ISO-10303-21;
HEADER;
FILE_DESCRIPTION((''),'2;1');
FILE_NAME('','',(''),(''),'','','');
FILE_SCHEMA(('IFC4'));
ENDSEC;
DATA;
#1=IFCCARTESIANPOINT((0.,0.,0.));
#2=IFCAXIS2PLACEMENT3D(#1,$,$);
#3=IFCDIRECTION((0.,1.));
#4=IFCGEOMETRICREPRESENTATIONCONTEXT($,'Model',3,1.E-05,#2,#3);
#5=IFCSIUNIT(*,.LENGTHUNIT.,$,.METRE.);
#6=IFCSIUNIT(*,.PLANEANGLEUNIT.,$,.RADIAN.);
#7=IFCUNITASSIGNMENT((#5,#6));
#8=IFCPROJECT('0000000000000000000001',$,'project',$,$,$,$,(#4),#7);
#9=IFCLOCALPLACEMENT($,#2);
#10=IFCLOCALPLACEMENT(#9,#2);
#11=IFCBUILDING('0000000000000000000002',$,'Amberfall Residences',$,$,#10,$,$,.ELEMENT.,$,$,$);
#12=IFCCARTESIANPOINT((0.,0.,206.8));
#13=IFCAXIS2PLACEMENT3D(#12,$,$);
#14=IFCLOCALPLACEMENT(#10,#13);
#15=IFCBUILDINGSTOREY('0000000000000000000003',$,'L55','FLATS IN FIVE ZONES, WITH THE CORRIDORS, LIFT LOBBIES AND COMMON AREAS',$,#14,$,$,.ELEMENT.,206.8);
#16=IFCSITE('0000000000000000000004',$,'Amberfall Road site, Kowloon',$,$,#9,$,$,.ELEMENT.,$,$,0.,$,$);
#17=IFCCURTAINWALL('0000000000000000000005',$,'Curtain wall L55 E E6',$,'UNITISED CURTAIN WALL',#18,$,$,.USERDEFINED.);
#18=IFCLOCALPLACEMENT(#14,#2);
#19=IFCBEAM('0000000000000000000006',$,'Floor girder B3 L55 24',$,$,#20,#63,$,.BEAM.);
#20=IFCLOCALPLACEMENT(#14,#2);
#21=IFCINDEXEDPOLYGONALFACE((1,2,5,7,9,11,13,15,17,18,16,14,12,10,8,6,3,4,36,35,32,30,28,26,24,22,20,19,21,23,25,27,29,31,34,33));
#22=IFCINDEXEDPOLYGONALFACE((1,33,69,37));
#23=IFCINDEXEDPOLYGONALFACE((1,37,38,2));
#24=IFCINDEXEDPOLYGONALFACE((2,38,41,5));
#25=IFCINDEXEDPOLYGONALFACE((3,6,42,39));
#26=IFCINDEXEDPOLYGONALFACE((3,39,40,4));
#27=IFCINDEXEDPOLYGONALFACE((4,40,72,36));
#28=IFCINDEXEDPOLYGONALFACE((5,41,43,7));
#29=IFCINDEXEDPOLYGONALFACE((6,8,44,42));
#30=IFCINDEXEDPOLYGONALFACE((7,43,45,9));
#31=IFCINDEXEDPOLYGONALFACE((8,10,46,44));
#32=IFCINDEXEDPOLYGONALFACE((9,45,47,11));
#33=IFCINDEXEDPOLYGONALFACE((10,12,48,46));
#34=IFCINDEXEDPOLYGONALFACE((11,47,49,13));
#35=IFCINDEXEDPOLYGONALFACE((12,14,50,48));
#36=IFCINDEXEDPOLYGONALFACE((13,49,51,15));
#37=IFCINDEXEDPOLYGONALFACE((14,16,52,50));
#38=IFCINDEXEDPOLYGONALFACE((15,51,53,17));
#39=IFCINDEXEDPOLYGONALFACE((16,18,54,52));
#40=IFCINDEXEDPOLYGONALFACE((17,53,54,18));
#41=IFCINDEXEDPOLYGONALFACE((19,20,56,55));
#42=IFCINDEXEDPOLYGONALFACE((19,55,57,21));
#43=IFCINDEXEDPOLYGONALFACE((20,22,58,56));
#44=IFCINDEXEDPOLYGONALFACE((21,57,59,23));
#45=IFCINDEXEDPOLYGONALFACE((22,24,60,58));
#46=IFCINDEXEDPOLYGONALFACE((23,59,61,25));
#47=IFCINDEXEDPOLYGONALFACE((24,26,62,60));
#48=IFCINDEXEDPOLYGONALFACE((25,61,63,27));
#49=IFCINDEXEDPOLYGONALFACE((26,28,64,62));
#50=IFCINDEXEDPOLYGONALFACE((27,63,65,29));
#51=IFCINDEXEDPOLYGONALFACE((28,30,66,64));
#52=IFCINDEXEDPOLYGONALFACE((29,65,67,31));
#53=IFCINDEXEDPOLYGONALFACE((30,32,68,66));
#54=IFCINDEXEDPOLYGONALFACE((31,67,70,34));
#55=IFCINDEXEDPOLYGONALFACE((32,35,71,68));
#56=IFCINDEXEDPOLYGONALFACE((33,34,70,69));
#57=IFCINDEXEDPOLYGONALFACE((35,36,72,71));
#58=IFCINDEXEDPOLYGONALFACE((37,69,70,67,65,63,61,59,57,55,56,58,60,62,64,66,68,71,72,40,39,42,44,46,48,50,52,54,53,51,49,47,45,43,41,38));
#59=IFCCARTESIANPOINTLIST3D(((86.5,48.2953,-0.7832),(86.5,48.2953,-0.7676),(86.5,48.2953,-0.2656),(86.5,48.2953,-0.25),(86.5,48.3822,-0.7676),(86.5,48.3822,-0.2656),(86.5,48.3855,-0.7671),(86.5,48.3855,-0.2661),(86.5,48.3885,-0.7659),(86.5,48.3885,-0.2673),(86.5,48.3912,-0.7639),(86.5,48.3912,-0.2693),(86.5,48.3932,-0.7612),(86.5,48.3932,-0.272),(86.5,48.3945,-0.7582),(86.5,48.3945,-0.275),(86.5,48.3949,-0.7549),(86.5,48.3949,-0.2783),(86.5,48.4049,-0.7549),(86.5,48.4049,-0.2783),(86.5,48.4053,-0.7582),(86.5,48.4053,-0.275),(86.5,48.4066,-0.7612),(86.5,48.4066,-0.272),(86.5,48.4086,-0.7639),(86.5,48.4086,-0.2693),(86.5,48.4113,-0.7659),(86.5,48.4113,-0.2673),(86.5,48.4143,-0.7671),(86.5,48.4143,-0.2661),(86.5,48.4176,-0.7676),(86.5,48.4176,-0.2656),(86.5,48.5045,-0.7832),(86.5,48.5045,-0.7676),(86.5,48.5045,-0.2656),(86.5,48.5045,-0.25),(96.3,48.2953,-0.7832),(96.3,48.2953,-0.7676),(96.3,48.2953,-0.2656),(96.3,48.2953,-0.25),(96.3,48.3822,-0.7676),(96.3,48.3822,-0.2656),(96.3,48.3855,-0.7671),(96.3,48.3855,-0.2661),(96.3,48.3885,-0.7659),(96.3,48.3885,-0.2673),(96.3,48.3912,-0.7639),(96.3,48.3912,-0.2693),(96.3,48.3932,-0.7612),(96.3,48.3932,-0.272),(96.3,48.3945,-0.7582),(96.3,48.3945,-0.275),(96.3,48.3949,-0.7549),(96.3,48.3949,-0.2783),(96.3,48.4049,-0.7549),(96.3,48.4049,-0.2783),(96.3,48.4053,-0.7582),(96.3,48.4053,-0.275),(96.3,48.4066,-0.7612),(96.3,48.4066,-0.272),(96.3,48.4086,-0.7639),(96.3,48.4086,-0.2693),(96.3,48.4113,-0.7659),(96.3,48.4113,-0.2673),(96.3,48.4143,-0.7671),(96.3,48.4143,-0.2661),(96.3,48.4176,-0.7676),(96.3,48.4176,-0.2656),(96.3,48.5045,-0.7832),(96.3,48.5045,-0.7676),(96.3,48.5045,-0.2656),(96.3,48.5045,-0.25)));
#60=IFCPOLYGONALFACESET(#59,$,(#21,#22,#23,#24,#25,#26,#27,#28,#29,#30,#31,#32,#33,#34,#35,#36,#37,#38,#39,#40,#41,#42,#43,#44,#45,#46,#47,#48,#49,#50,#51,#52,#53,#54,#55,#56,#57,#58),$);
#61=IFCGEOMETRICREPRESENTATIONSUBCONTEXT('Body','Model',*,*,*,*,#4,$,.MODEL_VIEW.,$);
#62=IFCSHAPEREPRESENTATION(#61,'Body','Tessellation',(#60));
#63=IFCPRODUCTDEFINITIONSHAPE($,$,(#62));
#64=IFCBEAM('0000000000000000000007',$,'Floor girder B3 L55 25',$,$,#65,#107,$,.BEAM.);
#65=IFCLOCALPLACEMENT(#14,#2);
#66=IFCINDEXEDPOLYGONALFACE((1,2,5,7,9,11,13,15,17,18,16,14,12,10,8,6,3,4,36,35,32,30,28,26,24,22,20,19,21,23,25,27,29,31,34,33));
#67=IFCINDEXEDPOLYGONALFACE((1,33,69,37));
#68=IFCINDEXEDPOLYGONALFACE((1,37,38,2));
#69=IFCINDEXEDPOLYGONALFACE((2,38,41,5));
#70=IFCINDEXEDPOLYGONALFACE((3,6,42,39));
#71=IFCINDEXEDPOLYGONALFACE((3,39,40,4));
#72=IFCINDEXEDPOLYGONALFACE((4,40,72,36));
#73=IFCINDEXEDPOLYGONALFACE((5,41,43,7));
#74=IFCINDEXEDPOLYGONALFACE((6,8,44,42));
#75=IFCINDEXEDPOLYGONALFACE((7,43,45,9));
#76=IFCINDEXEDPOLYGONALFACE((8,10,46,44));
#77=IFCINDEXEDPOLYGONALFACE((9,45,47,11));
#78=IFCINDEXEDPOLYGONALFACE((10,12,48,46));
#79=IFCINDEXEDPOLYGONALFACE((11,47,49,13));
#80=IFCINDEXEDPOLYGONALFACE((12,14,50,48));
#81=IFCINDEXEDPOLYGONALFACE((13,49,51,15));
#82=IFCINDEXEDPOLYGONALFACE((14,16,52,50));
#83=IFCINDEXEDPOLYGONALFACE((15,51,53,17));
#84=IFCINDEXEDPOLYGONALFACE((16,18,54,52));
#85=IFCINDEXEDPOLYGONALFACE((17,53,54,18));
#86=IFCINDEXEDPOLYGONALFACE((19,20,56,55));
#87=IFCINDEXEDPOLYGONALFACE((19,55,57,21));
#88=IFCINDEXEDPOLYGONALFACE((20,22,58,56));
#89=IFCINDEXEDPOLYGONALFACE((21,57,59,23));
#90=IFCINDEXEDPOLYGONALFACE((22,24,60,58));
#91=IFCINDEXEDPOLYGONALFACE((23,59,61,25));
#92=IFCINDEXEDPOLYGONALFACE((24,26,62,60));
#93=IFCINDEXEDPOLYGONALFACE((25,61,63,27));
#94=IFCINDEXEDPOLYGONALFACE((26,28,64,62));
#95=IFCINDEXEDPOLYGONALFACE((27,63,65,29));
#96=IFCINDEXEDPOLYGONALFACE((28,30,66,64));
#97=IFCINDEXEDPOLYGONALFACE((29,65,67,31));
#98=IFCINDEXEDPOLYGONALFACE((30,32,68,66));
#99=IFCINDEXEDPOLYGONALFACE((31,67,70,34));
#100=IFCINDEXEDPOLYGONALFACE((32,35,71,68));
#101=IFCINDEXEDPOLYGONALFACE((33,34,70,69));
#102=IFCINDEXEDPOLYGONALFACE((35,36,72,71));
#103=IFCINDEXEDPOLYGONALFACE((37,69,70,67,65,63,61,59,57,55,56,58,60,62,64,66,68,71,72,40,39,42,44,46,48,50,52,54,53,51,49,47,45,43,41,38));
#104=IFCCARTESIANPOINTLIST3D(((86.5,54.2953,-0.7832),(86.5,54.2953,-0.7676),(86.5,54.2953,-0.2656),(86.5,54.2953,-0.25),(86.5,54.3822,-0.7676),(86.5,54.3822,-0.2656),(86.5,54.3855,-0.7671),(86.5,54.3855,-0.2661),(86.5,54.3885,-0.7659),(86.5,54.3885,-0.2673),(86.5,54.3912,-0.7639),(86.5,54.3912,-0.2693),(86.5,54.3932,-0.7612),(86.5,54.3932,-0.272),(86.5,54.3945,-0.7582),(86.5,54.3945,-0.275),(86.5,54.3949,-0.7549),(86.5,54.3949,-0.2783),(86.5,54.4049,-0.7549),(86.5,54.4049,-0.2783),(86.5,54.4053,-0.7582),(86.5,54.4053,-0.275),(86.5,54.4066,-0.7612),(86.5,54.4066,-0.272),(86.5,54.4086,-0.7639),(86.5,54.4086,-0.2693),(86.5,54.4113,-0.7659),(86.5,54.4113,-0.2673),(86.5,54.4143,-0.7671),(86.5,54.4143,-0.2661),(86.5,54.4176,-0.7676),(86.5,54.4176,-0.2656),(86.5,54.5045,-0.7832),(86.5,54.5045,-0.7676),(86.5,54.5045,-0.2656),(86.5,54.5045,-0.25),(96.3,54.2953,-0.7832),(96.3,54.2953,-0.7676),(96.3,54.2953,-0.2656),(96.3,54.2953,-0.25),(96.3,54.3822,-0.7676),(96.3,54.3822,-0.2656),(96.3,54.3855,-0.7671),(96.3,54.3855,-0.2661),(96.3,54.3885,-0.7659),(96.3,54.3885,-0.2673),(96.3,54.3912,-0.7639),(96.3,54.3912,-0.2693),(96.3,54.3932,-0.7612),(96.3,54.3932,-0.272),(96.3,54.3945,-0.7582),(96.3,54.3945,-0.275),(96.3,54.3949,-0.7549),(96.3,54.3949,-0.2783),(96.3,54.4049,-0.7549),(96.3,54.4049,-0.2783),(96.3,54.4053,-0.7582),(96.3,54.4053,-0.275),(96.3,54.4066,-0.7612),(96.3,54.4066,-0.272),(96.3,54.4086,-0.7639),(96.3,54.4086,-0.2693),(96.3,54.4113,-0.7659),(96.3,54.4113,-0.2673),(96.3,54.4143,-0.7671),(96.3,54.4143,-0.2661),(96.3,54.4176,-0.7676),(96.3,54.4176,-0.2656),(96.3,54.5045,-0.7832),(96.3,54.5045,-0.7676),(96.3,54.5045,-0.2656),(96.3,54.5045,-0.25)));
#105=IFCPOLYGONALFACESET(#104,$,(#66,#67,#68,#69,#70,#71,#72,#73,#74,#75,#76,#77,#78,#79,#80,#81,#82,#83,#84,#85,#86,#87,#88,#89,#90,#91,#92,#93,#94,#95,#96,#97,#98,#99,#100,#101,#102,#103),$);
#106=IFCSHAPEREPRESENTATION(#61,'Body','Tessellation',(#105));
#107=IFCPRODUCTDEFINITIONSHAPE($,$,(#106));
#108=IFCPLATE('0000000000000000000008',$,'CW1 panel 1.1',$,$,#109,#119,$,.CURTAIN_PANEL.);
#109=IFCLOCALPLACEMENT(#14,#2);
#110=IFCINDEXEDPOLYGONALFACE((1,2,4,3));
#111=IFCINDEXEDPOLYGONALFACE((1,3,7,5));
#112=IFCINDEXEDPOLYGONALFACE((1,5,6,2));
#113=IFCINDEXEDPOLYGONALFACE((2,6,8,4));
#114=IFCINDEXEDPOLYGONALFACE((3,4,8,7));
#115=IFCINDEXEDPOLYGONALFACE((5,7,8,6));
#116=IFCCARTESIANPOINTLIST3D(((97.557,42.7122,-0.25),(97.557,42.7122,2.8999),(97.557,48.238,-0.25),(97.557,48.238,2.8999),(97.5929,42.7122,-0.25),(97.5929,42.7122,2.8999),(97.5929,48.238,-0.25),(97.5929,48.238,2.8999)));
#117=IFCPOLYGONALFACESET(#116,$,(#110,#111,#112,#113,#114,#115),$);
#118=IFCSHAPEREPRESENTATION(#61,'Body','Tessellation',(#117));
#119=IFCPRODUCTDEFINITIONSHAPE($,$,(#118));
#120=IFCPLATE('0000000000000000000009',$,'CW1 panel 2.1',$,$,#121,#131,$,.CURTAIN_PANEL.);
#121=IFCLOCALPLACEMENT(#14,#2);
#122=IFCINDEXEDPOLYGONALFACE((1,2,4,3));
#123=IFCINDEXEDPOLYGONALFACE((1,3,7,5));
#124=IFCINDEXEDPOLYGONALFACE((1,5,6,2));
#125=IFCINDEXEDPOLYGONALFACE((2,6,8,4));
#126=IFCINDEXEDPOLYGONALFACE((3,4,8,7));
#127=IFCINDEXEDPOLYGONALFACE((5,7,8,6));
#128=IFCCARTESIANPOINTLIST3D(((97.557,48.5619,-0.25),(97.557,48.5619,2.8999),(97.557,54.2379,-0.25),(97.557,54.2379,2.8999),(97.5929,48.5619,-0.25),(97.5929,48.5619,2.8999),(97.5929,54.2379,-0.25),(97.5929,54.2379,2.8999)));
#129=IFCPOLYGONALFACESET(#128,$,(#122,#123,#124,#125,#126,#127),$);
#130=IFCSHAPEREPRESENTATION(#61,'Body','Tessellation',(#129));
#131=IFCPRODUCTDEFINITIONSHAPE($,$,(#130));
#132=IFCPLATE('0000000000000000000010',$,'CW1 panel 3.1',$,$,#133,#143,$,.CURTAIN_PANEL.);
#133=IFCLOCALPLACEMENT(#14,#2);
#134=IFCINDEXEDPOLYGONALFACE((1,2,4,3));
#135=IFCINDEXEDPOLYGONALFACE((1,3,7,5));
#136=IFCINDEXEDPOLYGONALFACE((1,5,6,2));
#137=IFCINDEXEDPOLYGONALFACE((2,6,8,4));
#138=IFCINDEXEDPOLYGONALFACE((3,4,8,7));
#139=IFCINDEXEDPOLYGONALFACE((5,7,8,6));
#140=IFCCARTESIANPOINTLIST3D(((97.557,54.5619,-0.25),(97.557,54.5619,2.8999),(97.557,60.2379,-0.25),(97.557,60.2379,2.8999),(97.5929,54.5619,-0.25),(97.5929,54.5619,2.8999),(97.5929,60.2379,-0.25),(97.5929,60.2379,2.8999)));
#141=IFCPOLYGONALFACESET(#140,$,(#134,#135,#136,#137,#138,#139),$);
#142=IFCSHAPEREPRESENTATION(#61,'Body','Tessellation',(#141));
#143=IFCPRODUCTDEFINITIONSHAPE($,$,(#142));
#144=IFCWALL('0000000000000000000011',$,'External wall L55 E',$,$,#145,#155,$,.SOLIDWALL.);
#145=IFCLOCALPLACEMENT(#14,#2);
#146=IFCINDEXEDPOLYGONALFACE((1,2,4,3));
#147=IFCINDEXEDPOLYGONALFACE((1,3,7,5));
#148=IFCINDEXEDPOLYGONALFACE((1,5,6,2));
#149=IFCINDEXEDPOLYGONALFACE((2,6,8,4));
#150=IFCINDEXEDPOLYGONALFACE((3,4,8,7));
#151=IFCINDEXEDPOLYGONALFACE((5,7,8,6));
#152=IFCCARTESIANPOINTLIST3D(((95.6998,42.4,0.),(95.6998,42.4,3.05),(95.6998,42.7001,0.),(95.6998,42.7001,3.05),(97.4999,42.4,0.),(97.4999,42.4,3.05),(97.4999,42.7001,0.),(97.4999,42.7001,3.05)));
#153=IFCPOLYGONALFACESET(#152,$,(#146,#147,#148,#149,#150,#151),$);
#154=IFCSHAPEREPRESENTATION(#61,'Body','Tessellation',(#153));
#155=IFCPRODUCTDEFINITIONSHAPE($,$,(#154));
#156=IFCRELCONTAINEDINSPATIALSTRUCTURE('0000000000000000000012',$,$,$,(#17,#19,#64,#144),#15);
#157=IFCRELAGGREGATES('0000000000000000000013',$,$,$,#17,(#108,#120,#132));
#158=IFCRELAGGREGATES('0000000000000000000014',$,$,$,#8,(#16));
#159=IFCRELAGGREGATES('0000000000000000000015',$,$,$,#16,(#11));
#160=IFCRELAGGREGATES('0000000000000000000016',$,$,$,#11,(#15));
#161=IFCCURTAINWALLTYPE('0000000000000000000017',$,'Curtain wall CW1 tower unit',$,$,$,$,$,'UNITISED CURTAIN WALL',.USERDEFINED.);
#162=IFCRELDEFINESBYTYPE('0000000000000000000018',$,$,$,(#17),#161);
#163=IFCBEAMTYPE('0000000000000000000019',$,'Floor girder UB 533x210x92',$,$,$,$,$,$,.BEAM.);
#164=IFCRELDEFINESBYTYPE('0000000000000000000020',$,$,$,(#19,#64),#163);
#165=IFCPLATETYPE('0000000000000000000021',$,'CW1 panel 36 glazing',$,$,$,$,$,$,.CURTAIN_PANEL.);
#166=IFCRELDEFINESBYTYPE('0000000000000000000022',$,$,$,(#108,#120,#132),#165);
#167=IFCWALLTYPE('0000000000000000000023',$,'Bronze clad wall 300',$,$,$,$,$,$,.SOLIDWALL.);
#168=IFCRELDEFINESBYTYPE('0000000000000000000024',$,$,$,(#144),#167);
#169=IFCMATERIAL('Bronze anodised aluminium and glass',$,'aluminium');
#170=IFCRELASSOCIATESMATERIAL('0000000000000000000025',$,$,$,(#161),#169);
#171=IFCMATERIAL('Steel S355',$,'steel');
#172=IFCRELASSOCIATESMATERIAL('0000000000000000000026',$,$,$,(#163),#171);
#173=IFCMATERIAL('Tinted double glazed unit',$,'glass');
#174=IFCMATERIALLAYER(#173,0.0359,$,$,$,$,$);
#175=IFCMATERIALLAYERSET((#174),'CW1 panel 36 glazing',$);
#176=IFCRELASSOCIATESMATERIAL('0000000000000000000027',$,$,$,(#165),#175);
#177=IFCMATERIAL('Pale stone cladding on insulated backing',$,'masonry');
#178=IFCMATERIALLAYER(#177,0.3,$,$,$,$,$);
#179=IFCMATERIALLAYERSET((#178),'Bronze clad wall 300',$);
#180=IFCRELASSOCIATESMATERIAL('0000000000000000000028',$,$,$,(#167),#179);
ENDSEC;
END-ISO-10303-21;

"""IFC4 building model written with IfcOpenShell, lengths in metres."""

from ifc_helpers import new_model, si_unit, direction, frame, frame_2d, origin, origin_2d, place, context, subcontext, project, spatial, rectangle, i_section, extrude, material, layer, layer_set, material_profile, profile_set, type_object, element, aggregate, save


model = new_model("IFC4")

# Units and contexts
model_context = context("Model", 3, precision=1e-05, world=origin(), true_north=direction((0.0, 1.0)))
body_context = subcontext(model_context, "Body", "Model", "MODEL_VIEW")
ifc_project = project(units=[si_unit("LENGTHUNIT", "METRE"), si_unit("PLANEANGLEUNIT", "RADIAN")], contexts=[model_context])

# Site, building, storey
site_placement = place(None, origin())
site = spatial("IfcSite", under=ifc_project, at=site_placement, Name="Amberfall Road site, Kowloon", CompositionType="ELEMENT", RefElevation=0.0)
building_placement = place(site_placement, origin())
building = spatial("IfcBuilding", under=site, at=building_placement, Name="Amberfall Residences", CompositionType="ELEMENT")
storey_placement = place(building_placement, frame((0.0, 0.0, 206.8)))
storey = spatial("IfcBuildingStorey", under=building, at=storey_placement, Name="L55", Description="FLATS IN FIVE ZONES, WITH THE CORRIDORS, LIFT LOBBIES AND COMMON AREAS", CompositionType="ELEMENT", Elevation=206.8)

# Curtain wall
ifc_material_1 = material(Name="Bronze anodised aluminium and glass", Category="aluminium")
curtain_wall_type = type_object("IfcCurtainWallType", Name="Curtain wall CW1 tower unit", ElementType="UNITISED CURTAIN WALL", PredefinedType="USERDEFINED", material=ifc_material_1)
curtain_wall_placement = place(storey_placement, origin())
curtain_wall = element("IfcCurtainWall", 1, at=curtain_wall_placement, inside=storey, type_object=curtain_wall_type, Name="Curtain wall L55 E E6", ObjectType="UNITISED CURTAIN WALL", PredefinedType="USERDEFINED")

# Shared definitions
ifc_material_2 = material(Name="Steel S355", Category="steel")

# Beams
ifc_material_profile_1 = material_profile(ifc_material_2, i_section(OverallWidth=0.2092, OverallDepth=0.5332, WebThickness=0.01, FlangeThickness=0.0156, FilletRadius=0.0127, at=origin_2d()), Name="UB 533x210x92")
ifc_profile_set_1 = profile_set([ifc_material_profile_1], Name="Steel S355")
beam_type_1 = type_object("IfcBeamType", Name="Floor girder UB 533x210x92", PredefinedType="BEAM", material=ifc_profile_set_1)
for number, where, z_axis, x_axis, name in (
    (2, (96.3, 48.3999, -0.5166), (-1.0, 0.0, 0.0), (0.0, -1.0, 0.0), "Floor girder B3 L55 24"),
    (3, (96.3, 54.3999, -0.5166), (-1.0, 0.0, 0.0), (0.0, -1.0, 0.0), "Floor girder B3 L55 25"),
):
    element("IfcBeam", number, at=place(storey_placement, frame(where, z_axis=z_axis, x_axis=x_axis)), inside=storey, type_object=beam_type_1, Name=name, PredefinedType="BEAM", context=body_context, shape_type="SweptSolid", body=[
        extrude(i_section(OverallWidth=0.2092, OverallDepth=0.5332, WebThickness=0.01, FlangeThickness=0.0156, FilletRadius=0.0127, at=origin_2d()), origin(), (0.0, 0.0, 1.0), 9.8),
    ])

# Plates
ifc_material_3 = material(Name="Tinted double glazed unit", Category="glass")
ifc_layer_1 = layer(ifc_material_3, 0.0359)
ifc_layer_set_1 = layer_set([ifc_layer_1], Name="CW1 panel 36 glazing")
plate_type = type_object("IfcPlateType", Name="CW1 panel 36 glazing", PredefinedType="CURTAIN_PANEL", material=ifc_layer_set_1)
plate_1_placement = place(storey_placement, frame((97.575, 45.4751, -0.25), z_axis=(0.0, 0.0, 1.0), x_axis=(0.0, 1.0, 0.0)))
plate_1 = element("IfcPlate", 4, at=plate_1_placement, type_object=plate_type, Name="CW1 panel 1.1", PredefinedType="CURTAIN_PANEL", context=body_context, shape_type="SweptSolid", body=[
    extrude(rectangle(XDim=5.5259, YDim=0.0359, at=origin_2d()), origin(), (0.0, 0.0, 1.0), 3.1499),
])
plate_2_placement = place(storey_placement, frame((97.575, 51.3999, -0.25), z_axis=(0.0, 0.0, 1.0), x_axis=(0.0, 1.0, 0.0)))
plate_2 = element("IfcPlate", 5, at=plate_2_placement, type_object=plate_type, Name="CW1 panel 2.1", PredefinedType="CURTAIN_PANEL", context=body_context, shape_type="SweptSolid", body=[
    extrude(rectangle(XDim=5.676, YDim=0.0359, at=origin_2d()), origin(), (0.0, 0.0, 1.0), 3.1499),
])
plate_3_placement = place(storey_placement, frame((97.575, 57.3999, -0.25), z_axis=(0.0, 0.0, 1.0), x_axis=(0.0, 1.0, 0.0)))
plate_3 = element("IfcPlate", 6, at=plate_3_placement, type_object=plate_type, Name="CW1 panel 3.1", PredefinedType="CURTAIN_PANEL", context=body_context, shape_type="SweptSolid", body=[
    extrude(rectangle(XDim=5.676, YDim=0.0359, at=origin_2d()), origin(), (0.0, 0.0, 1.0), 3.1499),
])
aggregate(curtain_wall, [plate_1, plate_2, plate_3])

# Wall
ifc_material_4 = material(Name="Pale stone cladding on insulated backing", Category="masonry")
ifc_layer_2 = layer(ifc_material_4, 0.3)
ifc_layer_set_2 = layer_set([ifc_layer_2], Name="Bronze clad wall 300")
wall_type = type_object("IfcWallType", Name="Bronze clad wall 300", PredefinedType="SOLIDWALL", material=ifc_layer_set_2)
wall_placement = place(storey_placement, frame((95.7, 42.55, 0.0), z_axis=(0.0, 0.0, 1.0), x_axis=(1.0, 0.0, 0.0)))
element("IfcWall", 7, at=wall_placement, inside=storey, type_object=wall_type, Name="External wall L55 E", PredefinedType="SOLIDWALL", context=body_context, shape_type="SweptSolid", body=[
    extrude(rectangle(XDim=1.8, YDim=0.3, at=frame_2d((0.8999, 0.0))), origin(), (0.0, 0.0, 1.0), 3.05),
])

save(model, "model.ifc")
